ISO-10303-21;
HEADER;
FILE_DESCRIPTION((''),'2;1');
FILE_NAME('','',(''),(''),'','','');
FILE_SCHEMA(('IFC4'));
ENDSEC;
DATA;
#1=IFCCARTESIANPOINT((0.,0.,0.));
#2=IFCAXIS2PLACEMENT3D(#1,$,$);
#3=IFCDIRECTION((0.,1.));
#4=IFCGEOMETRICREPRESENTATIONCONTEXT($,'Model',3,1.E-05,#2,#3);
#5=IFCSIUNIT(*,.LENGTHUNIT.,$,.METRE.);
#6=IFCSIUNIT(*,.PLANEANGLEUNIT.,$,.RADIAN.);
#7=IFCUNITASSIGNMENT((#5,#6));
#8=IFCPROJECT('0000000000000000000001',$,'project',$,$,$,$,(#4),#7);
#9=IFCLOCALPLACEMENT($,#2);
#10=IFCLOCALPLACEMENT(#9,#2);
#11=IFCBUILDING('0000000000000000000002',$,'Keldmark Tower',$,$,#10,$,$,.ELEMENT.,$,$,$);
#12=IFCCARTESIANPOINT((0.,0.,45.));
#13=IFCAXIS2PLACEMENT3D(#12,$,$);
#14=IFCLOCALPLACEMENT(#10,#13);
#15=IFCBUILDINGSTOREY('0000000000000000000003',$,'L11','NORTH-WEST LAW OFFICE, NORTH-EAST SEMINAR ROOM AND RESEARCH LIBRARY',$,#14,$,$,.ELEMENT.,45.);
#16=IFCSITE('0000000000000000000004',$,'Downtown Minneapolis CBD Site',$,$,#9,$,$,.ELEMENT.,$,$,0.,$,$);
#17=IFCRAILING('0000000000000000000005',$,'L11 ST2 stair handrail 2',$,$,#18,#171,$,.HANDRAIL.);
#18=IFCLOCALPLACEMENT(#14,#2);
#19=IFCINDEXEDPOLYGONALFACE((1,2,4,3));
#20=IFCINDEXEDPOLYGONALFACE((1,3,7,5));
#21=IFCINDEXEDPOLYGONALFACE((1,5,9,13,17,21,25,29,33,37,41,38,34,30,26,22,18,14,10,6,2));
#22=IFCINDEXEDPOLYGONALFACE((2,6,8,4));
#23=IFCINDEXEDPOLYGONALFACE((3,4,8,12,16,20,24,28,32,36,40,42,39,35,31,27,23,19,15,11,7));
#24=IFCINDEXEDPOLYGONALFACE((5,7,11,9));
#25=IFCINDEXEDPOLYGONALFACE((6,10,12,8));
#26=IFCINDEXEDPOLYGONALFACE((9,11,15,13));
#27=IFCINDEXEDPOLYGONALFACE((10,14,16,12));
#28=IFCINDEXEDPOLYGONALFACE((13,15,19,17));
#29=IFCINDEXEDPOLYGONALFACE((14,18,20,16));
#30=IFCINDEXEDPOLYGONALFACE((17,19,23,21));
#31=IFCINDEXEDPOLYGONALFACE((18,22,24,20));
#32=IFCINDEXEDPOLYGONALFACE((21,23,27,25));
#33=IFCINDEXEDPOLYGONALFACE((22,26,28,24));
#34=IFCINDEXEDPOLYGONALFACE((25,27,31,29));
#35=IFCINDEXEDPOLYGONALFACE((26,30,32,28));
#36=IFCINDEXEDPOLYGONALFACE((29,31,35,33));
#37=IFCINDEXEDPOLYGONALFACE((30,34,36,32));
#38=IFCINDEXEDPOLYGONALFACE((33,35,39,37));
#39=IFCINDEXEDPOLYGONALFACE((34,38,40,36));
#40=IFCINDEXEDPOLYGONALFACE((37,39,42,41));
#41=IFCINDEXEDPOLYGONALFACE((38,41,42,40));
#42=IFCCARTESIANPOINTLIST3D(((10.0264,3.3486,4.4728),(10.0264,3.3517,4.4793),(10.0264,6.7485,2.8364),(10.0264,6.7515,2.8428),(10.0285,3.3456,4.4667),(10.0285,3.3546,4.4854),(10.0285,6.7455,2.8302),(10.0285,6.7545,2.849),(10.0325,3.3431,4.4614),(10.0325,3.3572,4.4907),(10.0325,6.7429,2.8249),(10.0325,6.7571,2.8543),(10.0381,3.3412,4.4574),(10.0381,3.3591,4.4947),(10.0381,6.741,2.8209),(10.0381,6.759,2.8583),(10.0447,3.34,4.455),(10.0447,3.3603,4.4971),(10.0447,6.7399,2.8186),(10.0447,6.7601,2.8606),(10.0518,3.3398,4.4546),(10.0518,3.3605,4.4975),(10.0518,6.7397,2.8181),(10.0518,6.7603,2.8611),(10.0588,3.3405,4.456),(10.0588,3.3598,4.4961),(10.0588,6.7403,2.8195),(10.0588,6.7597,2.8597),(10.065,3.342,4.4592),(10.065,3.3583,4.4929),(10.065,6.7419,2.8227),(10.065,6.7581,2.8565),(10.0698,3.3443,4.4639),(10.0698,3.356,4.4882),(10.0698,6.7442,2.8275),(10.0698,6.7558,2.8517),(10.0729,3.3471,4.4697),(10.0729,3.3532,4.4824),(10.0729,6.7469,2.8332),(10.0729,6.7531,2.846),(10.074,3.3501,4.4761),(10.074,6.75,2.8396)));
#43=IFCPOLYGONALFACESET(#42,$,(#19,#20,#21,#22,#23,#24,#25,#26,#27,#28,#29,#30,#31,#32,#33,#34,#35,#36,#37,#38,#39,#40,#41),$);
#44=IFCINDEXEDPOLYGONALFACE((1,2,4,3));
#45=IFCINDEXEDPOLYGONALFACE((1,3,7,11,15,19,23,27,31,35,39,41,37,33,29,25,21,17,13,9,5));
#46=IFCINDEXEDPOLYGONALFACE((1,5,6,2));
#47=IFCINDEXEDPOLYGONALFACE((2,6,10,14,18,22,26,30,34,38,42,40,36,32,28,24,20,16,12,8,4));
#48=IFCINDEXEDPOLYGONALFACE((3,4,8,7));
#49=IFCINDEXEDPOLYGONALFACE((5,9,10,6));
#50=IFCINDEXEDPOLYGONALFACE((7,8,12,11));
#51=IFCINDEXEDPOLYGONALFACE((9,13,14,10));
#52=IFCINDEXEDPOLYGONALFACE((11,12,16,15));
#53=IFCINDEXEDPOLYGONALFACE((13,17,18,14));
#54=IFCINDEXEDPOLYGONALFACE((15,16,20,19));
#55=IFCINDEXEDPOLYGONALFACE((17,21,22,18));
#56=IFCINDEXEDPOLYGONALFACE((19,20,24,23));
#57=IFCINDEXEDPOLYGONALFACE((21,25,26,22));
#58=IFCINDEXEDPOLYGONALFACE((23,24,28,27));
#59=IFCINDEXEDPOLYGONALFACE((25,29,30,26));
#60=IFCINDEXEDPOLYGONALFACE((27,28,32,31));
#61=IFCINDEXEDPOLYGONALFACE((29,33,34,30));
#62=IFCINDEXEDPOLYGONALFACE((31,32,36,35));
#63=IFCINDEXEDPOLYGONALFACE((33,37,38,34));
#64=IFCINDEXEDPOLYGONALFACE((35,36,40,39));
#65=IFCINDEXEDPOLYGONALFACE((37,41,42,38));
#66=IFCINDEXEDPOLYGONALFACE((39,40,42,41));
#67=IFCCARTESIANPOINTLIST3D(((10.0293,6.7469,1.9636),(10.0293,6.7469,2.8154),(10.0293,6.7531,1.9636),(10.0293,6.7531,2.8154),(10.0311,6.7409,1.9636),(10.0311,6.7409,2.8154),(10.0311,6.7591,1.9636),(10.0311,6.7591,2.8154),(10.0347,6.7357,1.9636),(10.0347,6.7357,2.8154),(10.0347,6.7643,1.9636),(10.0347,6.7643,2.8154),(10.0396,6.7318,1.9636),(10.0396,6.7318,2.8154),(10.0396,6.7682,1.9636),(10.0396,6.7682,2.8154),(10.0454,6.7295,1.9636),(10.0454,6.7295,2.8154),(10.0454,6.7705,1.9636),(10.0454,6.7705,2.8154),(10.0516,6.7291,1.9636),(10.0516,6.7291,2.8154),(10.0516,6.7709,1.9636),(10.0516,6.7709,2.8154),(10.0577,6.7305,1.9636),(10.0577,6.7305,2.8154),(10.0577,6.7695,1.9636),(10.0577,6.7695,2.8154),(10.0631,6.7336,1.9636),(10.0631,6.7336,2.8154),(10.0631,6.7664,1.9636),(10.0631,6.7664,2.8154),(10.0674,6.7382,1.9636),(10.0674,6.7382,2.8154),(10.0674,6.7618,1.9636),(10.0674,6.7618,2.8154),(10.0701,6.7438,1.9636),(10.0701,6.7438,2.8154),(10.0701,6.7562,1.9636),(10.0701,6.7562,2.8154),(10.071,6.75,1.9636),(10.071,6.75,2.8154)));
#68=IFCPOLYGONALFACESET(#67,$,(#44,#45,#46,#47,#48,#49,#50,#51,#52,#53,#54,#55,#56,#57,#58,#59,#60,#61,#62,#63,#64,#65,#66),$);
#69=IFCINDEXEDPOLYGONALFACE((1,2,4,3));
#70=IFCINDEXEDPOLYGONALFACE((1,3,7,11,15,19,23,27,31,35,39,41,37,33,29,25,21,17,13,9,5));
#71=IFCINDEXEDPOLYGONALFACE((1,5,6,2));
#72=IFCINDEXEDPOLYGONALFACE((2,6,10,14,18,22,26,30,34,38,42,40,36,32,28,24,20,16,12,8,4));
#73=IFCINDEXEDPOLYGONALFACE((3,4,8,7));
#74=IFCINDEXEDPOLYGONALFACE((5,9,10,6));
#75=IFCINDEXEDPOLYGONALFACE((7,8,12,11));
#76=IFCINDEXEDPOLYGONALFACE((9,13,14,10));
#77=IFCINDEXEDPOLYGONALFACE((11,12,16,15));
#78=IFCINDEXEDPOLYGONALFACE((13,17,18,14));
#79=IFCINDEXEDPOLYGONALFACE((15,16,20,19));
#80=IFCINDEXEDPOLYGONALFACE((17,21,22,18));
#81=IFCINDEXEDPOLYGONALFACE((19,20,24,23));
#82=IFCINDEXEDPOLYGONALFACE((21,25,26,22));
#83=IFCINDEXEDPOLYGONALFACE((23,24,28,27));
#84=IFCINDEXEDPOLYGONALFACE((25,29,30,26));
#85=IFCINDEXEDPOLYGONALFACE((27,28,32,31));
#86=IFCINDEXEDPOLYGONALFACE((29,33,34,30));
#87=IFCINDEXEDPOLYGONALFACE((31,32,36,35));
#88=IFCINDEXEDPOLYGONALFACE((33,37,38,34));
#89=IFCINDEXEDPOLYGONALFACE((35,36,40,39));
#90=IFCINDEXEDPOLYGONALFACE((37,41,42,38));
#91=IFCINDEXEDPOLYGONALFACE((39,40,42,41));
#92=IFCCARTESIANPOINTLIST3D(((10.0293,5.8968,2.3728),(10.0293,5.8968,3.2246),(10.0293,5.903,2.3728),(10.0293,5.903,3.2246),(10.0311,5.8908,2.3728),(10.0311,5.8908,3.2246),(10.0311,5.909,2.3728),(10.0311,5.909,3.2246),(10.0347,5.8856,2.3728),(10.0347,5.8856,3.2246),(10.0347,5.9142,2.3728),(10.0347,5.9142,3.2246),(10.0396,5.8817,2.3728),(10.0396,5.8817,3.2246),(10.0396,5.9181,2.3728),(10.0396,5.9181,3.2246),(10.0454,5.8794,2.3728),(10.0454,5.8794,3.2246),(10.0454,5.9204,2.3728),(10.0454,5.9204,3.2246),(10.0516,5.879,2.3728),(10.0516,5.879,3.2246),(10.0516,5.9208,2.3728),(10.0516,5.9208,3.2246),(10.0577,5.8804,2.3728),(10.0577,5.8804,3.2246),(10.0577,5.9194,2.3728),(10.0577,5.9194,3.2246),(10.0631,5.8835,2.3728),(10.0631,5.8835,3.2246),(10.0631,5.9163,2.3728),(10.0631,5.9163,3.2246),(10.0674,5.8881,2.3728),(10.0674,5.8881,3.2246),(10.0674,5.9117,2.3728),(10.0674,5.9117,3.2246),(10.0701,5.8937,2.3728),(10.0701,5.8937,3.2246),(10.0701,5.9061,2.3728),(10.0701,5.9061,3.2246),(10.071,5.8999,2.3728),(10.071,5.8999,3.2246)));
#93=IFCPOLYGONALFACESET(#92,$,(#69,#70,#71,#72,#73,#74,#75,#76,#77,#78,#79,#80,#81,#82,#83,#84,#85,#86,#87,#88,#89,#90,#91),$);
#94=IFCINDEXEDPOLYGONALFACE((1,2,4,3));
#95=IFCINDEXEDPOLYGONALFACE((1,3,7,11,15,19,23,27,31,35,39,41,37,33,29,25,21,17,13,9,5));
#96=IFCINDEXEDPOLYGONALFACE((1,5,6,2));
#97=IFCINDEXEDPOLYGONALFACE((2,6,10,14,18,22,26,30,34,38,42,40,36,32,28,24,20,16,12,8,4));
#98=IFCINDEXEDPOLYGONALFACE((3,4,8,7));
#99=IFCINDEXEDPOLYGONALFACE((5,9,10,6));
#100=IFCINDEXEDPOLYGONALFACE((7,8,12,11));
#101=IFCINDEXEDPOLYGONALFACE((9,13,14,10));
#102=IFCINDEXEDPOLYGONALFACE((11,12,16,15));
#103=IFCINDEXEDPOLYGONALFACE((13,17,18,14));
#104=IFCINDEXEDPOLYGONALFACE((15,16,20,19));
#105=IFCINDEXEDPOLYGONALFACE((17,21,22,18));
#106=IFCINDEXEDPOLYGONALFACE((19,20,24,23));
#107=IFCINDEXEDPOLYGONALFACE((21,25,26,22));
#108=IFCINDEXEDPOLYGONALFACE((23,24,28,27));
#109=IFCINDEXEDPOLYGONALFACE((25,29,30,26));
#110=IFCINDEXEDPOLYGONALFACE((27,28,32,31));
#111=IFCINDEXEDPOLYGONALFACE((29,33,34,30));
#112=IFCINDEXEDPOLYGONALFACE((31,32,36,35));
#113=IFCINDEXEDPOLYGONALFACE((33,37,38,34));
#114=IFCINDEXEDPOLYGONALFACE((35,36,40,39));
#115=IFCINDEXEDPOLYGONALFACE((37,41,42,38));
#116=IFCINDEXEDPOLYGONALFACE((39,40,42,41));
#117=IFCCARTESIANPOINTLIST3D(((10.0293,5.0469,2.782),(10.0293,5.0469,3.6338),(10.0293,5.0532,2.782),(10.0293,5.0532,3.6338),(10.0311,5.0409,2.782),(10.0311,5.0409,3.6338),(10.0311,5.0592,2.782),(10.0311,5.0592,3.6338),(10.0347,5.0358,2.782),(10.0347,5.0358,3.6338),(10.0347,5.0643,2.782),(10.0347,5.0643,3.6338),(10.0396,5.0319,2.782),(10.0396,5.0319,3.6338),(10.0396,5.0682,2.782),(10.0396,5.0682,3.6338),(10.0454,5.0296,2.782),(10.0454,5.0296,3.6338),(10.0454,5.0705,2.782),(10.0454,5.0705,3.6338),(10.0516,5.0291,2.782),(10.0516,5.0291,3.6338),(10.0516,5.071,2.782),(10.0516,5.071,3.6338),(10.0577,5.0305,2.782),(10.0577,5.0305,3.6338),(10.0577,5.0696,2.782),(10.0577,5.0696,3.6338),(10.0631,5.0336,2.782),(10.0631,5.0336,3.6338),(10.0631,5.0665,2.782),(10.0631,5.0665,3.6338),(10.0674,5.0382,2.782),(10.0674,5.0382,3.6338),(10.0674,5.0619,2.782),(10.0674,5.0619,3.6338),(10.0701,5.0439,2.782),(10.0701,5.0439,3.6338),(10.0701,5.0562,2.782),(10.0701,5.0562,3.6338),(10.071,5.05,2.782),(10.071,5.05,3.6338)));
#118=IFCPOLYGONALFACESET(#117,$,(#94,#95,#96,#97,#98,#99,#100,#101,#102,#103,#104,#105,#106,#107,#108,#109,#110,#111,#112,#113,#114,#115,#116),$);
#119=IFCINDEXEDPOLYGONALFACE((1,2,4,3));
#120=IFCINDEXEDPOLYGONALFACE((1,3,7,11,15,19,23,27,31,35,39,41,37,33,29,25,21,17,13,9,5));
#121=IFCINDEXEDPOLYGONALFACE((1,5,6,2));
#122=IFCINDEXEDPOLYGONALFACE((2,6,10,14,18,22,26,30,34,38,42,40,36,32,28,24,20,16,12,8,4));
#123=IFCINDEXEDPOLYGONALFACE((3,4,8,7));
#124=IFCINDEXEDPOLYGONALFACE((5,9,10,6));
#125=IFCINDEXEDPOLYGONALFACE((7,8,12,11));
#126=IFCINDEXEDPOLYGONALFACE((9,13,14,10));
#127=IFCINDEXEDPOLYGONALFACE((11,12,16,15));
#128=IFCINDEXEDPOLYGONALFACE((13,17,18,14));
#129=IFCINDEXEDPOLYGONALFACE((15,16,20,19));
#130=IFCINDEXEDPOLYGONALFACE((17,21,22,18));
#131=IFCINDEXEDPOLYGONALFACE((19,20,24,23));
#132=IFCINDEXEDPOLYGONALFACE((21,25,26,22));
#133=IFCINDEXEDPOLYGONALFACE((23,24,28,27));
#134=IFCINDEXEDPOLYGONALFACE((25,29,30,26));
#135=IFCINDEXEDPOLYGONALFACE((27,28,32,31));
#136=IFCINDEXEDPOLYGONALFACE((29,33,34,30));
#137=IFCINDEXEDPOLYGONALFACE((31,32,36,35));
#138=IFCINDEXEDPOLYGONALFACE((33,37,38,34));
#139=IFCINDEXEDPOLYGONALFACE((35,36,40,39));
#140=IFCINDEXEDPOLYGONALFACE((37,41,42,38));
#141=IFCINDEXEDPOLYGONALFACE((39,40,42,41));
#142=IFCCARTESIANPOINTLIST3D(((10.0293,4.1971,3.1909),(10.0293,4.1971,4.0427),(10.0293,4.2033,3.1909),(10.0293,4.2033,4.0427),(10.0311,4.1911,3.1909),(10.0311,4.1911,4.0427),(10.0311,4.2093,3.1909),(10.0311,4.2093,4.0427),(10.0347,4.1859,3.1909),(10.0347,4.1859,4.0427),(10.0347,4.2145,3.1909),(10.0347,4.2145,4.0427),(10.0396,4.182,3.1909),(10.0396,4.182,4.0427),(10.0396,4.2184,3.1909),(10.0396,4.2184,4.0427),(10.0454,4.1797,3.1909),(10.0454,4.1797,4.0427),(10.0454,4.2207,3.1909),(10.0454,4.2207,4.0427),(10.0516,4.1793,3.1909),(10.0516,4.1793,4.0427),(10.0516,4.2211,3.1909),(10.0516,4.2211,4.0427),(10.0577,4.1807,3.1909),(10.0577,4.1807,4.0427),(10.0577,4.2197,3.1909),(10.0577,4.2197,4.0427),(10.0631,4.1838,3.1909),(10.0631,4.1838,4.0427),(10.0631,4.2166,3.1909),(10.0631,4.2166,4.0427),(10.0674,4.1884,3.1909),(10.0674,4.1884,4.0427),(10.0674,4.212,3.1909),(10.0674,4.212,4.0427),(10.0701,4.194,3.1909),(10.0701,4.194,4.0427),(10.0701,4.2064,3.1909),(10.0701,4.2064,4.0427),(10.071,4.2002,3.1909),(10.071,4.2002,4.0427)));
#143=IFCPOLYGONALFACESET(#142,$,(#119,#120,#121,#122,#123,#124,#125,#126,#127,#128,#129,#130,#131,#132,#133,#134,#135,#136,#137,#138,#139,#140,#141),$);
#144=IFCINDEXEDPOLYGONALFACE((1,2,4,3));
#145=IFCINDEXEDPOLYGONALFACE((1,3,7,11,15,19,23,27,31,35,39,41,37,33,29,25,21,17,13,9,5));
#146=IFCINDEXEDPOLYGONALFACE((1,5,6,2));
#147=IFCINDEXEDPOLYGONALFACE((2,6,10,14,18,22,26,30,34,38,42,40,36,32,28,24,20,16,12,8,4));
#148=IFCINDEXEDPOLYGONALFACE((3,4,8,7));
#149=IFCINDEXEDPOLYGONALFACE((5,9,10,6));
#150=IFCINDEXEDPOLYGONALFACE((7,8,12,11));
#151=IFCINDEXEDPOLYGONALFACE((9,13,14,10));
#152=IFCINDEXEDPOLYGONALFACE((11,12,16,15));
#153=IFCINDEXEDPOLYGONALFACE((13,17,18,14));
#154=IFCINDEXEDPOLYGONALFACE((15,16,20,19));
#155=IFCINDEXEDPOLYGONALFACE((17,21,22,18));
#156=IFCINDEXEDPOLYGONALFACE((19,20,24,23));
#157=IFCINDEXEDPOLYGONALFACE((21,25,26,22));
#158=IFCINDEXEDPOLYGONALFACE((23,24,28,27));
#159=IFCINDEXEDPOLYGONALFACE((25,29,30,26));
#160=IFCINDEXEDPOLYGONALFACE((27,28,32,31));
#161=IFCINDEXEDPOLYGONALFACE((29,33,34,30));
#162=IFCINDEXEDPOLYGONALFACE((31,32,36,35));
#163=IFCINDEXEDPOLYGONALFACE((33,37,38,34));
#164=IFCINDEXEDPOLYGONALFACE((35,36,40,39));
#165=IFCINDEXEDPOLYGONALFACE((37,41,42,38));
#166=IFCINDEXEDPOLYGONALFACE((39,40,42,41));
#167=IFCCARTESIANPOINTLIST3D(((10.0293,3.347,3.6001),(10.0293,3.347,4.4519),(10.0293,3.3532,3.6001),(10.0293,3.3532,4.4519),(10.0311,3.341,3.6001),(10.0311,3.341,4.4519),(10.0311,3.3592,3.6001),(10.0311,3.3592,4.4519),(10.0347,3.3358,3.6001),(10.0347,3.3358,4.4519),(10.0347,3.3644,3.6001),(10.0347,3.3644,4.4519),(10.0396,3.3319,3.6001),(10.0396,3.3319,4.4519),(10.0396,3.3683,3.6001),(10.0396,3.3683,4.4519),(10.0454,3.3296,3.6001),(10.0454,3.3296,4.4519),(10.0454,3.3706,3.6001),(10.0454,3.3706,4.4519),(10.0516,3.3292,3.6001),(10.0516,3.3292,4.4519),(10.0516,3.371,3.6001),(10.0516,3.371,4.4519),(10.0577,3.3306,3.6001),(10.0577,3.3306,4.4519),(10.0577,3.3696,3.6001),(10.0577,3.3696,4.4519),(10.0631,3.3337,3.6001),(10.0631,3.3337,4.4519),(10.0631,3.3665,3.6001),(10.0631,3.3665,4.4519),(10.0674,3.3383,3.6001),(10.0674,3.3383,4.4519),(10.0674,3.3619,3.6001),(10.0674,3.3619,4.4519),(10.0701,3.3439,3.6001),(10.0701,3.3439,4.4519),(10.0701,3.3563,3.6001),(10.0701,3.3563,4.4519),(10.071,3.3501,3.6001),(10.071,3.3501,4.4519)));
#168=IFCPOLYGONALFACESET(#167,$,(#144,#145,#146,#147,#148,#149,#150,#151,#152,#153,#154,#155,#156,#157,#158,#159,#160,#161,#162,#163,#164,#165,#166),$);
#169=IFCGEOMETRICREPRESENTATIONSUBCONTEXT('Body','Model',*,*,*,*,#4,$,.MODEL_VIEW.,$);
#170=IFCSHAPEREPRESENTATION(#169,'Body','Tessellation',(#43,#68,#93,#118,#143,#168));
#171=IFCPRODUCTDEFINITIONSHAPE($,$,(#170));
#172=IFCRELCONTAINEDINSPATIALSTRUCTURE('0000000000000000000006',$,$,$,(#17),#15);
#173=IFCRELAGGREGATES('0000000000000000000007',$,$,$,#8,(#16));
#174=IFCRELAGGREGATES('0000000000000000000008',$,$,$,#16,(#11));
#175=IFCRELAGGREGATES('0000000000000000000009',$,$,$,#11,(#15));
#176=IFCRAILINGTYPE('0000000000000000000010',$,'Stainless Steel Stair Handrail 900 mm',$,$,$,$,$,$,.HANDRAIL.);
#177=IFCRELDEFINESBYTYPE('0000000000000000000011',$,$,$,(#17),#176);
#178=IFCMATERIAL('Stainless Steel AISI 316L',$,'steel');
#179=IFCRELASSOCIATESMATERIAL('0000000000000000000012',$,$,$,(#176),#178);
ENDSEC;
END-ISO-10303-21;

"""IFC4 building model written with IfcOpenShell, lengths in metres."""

from ifc_helpers import new_model, si_unit, direction, frame, origin, origin_2d, place, context, subcontext, project, spatial, circle, extrude, material, type_object, element, save


model = new_model("IFC4")

# Units and contexts
model_context = context("Model", 3, precision=1e-05, world=origin(), true_north=direction((0.0, 1.0)))
body_context = subcontext(model_context, "Body", "Model", "MODEL_VIEW")
ifc_project = project(units=[si_unit("LENGTHUNIT", "METRE"), si_unit("PLANEANGLEUNIT", "RADIAN")], contexts=[model_context])

# Site, building, storey
site_placement = place(None, origin())
site = spatial("IfcSite", under=ifc_project, at=site_placement, Name="Downtown Minneapolis CBD Site", CompositionType="ELEMENT", RefElevation=0.0)
building_placement = place(site_placement, origin())
building = spatial("IfcBuilding", under=site, at=building_placement, Name="Keldmark Tower", CompositionType="ELEMENT")
storey_placement = place(building_placement, frame((0.0, 0.0, 45.0)))
storey = spatial("IfcBuildingStorey", under=building, at=storey_placement, Name="L11", Description="NORTH-WEST LAW OFFICE, NORTH-EAST SEMINAR ROOM AND RESEARCH LIBRARY", CompositionType="ELEMENT", Elevation=45.0)

# Railing
ifc_material_1 = material(Name="Stainless Steel AISI 316L", Category="steel")
railing_type_1 = type_object("IfcRailingType", Name="Stainless Steel Stair Handrail 900 mm", PredefinedType="HANDRAIL", material=ifc_material_1)
railing_1_placement = place(storey_placement, frame((10.05, 6.75, 1.9636)))
element("IfcRailing", 1, at=railing_1_placement, inside=storey, type_object=railing_type_1, Name="L11 ST2 stair handrail 2", PredefinedType="HANDRAIL", context=body_context, shape_type="SweptSolid", body=[
    extrude(circle(Radius=0.0239, at=origin_2d()), frame((0.0, 0.0, 0.876), z_axis=(0.0, -0.901055, 0.433705), x_axis=(1.0, 0.0, 0.0)), (0.0, 0.0, 1.0), 3.7732),
    extrude(circle(Radius=0.021, at=origin_2d()), origin(), (0.0, 0.0, 1.0), 0.8518),
    extrude(circle(Radius=0.021, at=origin_2d()), frame((0.0, -0.8501, 0.4092)), (0.0, 0.0, 1.0), 0.8518),
    extrude(circle(Radius=0.021, at=origin_2d()), frame((0.0, -1.7, 0.8184)), (0.0, 0.0, 1.0), 0.8518),
    extrude(circle(Radius=0.021, at=origin_2d()), frame((0.0, -2.5498, 1.2273)), (0.0, 0.0, 1.0), 0.8518),
    extrude(circle(Radius=0.021, at=origin_2d()), frame((0.0, -3.3999, 1.6365)), (0.0, 0.0, 1.0), 0.8518),
])

save(model, "model.ifc")
